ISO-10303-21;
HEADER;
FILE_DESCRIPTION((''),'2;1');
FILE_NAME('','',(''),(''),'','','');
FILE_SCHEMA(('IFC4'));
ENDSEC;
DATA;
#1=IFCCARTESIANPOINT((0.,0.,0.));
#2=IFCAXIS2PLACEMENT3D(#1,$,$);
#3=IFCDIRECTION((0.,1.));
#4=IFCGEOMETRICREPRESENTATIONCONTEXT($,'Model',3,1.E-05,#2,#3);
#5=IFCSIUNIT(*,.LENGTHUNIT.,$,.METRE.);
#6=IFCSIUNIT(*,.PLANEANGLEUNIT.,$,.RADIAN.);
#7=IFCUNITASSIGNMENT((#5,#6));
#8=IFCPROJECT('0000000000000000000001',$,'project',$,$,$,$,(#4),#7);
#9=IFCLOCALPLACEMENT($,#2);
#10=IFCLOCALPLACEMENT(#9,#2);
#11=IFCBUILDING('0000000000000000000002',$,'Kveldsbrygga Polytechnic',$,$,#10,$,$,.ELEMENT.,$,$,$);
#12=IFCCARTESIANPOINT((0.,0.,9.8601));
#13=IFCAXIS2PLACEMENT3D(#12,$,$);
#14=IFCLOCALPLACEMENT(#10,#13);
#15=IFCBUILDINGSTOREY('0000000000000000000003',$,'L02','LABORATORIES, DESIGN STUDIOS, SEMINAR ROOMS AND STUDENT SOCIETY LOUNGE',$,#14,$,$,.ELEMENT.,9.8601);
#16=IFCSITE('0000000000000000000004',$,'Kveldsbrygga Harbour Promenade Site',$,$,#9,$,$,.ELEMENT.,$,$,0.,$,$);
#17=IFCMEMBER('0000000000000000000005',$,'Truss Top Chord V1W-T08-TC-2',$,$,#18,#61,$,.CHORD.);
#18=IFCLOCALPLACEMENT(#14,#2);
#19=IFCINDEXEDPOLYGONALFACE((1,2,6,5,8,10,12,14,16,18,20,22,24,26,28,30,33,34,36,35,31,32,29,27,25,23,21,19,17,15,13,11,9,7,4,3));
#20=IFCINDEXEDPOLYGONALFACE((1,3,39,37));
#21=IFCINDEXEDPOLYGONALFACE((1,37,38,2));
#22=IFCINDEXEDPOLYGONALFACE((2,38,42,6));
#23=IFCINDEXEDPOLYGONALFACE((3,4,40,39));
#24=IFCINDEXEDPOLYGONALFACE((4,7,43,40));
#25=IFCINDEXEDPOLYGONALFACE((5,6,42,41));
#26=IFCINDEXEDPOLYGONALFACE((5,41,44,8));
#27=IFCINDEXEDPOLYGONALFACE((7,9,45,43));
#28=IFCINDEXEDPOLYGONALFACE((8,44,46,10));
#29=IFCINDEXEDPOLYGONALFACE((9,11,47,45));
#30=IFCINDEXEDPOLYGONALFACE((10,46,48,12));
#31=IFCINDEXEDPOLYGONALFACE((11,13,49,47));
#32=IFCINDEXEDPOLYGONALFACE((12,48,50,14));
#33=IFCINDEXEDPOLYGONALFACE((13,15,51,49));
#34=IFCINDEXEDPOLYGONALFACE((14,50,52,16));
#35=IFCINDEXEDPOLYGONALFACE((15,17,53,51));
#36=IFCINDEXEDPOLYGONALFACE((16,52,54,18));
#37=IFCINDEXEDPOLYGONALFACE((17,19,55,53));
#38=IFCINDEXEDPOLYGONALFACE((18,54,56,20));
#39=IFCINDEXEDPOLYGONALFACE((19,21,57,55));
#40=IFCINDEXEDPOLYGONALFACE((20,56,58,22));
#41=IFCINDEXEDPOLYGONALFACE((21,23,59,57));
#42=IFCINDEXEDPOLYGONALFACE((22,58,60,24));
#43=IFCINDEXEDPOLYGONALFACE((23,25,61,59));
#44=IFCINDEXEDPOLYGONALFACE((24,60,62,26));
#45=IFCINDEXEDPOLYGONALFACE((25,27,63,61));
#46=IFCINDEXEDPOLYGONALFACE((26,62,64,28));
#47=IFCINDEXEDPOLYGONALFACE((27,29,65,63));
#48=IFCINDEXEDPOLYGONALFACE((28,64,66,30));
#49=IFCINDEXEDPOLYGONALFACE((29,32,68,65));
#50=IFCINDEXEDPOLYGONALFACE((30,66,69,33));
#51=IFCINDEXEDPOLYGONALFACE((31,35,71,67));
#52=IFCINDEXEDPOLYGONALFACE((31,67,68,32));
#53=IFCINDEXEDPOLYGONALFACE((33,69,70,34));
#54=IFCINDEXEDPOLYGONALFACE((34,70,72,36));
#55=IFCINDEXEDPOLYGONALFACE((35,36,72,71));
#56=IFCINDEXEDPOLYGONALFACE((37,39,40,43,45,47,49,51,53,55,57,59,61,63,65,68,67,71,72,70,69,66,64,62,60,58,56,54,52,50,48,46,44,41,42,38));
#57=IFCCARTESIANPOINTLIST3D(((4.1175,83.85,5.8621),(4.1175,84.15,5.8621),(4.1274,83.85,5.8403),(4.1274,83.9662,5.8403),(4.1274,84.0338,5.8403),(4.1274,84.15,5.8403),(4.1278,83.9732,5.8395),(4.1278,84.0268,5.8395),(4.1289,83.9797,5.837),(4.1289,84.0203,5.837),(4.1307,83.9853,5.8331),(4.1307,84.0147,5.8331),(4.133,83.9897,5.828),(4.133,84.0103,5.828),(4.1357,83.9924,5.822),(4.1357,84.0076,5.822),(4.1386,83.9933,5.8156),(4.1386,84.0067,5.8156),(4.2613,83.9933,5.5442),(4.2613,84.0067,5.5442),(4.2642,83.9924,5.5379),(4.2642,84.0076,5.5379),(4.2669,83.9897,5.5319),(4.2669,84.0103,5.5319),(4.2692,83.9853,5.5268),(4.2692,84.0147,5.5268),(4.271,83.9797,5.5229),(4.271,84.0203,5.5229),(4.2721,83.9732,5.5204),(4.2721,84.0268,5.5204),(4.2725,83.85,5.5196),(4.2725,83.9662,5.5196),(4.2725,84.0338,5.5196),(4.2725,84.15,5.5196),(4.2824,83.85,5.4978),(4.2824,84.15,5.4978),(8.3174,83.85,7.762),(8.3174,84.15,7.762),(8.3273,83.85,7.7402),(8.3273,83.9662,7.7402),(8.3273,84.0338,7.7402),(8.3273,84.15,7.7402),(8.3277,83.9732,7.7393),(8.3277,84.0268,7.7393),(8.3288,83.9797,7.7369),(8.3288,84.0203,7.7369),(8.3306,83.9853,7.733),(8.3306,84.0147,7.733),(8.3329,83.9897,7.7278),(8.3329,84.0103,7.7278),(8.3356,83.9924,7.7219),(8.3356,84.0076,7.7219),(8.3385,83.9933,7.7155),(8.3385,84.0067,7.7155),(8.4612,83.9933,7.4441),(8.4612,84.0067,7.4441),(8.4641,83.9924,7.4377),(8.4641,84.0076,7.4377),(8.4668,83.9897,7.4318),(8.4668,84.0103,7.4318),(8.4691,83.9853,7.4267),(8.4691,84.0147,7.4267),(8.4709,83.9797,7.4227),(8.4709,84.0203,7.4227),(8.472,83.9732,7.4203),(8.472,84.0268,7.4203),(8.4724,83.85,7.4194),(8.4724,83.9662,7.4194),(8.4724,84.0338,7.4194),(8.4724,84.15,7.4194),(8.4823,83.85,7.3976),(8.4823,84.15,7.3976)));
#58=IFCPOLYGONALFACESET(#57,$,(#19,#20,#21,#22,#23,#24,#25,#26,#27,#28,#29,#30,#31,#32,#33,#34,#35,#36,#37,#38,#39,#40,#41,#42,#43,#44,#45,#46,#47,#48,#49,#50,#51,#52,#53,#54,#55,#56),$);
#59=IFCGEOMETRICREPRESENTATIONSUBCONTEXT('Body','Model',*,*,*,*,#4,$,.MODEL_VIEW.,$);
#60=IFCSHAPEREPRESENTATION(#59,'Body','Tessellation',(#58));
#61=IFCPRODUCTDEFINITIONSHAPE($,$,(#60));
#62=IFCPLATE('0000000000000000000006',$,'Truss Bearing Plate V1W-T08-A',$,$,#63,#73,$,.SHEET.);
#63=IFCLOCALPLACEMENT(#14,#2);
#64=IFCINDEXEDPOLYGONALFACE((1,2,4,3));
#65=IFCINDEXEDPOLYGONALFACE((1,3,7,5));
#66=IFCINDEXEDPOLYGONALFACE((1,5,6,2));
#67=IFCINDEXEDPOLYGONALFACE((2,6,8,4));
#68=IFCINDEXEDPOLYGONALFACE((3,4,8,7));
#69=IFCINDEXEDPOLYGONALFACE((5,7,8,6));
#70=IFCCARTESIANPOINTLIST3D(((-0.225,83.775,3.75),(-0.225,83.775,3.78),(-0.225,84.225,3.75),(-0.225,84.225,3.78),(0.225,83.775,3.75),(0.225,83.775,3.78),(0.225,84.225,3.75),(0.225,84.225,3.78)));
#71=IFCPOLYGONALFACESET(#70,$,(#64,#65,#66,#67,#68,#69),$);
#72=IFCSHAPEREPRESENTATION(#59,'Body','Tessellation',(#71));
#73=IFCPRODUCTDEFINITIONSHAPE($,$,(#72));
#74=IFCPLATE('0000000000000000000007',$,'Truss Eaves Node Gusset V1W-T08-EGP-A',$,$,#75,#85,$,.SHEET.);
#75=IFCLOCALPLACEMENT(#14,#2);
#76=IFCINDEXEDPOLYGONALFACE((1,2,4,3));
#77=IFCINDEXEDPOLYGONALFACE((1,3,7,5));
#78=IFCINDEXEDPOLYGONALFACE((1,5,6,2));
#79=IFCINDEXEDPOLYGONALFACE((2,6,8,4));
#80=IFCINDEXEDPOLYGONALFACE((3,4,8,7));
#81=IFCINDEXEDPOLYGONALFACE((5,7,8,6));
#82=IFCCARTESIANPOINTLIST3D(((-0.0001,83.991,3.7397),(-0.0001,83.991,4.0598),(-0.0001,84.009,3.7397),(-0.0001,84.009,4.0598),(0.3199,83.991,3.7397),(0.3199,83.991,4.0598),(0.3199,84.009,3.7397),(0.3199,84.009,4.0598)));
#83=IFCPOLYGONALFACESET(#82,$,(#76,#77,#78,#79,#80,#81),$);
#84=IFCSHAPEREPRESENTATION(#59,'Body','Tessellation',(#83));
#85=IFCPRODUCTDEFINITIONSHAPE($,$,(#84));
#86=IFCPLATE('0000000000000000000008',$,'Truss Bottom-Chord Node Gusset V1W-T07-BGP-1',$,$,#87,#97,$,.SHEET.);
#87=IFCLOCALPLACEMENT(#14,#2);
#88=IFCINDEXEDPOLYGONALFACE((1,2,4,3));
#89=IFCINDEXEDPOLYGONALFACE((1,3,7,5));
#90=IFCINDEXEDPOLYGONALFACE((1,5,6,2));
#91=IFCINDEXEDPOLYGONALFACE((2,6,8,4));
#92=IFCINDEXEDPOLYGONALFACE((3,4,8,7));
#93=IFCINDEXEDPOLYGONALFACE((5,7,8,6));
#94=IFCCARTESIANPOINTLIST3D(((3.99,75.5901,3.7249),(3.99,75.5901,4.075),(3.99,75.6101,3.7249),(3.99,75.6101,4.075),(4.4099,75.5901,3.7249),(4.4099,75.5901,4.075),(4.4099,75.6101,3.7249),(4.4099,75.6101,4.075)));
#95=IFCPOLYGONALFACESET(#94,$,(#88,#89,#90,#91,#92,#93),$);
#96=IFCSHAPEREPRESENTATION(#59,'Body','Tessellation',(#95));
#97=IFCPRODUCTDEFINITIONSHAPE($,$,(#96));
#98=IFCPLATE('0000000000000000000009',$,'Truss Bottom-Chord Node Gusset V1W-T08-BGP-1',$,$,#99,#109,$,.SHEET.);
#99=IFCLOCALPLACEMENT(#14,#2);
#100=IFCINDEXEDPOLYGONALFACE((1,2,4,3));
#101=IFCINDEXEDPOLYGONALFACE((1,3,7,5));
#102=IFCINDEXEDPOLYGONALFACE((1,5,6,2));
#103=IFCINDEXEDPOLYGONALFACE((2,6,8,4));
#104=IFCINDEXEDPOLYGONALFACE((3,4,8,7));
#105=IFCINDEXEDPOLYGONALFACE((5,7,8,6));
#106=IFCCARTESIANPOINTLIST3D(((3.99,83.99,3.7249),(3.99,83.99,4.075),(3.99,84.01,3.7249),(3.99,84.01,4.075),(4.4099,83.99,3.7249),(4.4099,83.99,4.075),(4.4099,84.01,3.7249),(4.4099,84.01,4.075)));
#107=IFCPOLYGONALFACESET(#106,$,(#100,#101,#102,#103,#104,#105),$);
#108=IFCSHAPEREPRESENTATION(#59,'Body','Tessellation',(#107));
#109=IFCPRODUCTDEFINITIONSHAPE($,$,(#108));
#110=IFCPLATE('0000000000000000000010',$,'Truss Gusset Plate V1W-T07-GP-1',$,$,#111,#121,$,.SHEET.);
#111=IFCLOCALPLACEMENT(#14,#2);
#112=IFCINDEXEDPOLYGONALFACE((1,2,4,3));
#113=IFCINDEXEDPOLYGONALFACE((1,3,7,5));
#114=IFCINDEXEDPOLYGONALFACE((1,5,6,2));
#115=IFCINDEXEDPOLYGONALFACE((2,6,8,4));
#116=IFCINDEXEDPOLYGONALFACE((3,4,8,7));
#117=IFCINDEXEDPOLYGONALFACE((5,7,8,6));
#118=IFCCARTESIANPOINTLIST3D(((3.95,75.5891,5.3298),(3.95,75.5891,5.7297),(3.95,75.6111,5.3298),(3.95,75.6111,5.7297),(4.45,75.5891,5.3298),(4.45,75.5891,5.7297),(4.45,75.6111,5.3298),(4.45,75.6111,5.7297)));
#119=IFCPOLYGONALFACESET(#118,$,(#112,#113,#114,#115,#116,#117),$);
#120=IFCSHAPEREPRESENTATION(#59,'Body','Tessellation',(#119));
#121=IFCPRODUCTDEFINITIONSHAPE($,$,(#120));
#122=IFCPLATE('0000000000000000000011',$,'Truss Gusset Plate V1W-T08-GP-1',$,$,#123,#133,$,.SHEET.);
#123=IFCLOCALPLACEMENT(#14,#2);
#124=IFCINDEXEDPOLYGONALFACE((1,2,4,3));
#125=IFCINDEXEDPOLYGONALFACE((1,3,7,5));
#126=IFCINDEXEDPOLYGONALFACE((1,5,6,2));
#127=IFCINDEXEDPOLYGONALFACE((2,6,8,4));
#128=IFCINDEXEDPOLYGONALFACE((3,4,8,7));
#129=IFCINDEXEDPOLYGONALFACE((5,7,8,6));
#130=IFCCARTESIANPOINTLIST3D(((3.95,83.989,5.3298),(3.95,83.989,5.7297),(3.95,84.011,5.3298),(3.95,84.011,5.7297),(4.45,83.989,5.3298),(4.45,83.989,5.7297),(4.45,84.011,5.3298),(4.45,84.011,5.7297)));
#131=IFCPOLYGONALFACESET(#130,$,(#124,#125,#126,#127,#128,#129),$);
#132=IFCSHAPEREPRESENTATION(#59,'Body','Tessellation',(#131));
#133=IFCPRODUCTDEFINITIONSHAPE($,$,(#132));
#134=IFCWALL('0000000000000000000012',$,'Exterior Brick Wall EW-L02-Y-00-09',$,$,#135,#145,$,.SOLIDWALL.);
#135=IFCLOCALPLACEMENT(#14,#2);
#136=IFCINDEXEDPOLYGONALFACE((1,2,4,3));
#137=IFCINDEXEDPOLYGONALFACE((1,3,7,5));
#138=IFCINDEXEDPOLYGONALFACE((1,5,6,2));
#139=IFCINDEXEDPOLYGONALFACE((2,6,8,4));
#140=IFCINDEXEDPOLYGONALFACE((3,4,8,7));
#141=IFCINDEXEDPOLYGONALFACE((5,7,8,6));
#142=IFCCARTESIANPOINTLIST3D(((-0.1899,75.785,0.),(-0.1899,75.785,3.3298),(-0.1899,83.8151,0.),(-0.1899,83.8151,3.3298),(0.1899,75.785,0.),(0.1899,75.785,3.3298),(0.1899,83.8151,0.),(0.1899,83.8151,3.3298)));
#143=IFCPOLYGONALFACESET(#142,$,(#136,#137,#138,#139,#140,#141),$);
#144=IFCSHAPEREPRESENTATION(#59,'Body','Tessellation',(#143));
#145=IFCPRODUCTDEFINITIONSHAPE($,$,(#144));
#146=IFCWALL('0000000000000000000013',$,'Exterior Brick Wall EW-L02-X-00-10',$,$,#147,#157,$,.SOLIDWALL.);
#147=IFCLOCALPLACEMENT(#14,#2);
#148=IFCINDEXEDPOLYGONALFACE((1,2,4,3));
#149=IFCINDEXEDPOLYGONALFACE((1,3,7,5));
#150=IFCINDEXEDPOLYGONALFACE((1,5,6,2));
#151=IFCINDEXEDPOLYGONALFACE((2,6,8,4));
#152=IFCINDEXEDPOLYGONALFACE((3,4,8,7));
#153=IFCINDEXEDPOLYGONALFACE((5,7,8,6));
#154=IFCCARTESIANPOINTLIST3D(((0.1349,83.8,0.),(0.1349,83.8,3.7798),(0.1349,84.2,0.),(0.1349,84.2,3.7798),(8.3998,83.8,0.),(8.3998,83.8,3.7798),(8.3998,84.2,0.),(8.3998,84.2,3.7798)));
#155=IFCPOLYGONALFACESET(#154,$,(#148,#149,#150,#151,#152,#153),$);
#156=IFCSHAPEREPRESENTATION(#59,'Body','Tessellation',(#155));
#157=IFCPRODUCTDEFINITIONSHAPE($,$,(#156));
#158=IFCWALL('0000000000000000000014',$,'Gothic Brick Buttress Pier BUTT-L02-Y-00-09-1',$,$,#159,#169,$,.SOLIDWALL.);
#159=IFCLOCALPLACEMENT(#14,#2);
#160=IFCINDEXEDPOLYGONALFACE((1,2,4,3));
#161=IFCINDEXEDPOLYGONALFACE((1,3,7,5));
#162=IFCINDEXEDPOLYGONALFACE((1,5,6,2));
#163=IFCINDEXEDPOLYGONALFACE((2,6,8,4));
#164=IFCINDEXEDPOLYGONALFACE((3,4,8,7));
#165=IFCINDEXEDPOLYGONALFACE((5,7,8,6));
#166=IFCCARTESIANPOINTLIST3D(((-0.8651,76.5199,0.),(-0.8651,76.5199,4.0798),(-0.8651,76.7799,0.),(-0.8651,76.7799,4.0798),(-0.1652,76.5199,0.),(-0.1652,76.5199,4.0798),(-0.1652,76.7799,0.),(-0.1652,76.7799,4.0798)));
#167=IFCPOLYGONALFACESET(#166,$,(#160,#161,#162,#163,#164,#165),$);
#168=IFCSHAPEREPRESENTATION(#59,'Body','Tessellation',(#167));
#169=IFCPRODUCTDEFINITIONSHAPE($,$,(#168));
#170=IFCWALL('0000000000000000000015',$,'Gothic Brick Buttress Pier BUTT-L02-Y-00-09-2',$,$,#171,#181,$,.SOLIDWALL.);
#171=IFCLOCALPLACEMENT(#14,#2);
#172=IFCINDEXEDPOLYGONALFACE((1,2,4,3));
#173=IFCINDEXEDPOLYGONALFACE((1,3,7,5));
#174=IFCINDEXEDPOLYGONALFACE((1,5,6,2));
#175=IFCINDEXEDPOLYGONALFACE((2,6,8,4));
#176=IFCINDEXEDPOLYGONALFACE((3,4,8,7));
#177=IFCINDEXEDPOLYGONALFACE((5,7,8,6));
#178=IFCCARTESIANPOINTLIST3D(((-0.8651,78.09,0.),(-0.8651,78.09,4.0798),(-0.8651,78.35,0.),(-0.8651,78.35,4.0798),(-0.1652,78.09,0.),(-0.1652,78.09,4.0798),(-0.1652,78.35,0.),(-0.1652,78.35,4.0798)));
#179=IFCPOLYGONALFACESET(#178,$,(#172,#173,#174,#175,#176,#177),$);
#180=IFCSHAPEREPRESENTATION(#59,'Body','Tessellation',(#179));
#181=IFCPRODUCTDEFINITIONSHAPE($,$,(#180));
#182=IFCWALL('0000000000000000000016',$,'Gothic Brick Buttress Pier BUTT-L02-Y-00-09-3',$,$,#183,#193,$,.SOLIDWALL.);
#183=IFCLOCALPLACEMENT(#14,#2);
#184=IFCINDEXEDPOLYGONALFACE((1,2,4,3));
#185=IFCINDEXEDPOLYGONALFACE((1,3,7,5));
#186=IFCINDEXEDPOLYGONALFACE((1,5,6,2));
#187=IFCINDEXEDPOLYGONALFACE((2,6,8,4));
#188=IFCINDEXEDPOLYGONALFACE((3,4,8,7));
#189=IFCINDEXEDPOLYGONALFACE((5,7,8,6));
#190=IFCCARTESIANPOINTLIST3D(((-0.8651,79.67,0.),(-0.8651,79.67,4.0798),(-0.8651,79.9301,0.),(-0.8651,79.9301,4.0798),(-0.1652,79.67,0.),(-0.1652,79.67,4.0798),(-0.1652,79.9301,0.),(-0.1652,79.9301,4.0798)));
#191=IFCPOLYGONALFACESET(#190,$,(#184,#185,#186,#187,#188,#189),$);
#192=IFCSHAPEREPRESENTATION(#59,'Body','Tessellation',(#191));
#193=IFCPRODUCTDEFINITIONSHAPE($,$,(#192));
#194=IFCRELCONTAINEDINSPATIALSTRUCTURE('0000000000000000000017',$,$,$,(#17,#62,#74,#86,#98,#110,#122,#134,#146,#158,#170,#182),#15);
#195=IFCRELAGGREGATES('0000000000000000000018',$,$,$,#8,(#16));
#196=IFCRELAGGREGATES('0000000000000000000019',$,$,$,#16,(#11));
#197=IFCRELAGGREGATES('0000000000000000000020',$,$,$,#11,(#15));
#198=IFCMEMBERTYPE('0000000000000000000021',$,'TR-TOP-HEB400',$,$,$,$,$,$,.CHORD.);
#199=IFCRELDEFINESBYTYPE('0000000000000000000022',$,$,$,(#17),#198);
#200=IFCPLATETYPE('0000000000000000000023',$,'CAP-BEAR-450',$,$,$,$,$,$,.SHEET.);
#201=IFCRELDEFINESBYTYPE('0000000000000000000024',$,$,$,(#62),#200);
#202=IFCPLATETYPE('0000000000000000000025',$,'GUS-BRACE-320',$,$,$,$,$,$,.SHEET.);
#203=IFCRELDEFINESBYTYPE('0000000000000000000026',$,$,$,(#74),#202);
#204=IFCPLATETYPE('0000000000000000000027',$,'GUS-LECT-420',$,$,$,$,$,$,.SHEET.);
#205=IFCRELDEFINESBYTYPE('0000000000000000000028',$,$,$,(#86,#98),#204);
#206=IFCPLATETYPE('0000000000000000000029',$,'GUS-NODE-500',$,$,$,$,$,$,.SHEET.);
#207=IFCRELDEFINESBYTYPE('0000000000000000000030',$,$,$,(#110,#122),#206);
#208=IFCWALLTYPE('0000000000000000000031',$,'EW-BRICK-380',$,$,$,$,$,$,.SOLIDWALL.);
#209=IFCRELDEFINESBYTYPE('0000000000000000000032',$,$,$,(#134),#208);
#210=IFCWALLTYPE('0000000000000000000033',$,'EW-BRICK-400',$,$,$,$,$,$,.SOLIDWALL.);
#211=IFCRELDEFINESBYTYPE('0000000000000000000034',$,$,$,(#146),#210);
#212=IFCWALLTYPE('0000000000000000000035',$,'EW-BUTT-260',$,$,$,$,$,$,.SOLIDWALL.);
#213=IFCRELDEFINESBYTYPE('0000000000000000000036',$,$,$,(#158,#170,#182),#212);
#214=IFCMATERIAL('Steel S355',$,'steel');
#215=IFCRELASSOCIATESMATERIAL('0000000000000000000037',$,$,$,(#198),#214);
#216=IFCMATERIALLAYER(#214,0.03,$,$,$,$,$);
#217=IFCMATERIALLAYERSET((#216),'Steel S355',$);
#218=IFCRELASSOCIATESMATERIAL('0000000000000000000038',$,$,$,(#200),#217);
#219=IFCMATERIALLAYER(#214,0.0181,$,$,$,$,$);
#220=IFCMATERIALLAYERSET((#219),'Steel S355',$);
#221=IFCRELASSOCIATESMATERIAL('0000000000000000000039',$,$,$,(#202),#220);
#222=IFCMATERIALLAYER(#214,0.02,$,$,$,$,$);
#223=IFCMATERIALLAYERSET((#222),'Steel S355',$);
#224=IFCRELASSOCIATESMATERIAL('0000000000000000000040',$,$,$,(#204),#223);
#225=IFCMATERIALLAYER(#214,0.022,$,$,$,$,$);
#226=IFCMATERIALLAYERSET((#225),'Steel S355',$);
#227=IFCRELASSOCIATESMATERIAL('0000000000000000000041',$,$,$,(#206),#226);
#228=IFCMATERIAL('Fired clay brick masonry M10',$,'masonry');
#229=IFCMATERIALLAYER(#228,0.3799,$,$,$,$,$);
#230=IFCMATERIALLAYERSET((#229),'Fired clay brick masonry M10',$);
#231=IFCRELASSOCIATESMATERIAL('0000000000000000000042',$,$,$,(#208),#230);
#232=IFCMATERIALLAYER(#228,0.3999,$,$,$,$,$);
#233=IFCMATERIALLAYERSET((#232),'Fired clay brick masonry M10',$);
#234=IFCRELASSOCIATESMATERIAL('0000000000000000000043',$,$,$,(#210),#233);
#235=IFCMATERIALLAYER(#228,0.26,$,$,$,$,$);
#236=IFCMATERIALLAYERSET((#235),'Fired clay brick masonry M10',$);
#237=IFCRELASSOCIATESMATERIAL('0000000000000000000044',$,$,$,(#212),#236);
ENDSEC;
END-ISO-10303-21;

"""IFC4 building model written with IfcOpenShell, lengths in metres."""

from ifc_helpers import new_model, si_unit, direction, frame, frame_2d, origin, origin_2d, place, context, subcontext, project, spatial, rectangle, i_section, extrude, material, layer, layer_set, material_profile, profile_set, type_object, element, save


model = new_model("IFC4")

# Units and contexts
model_context = context("Model", 3, precision=1e-05, world=origin(), true_north=direction((0.0, 1.0)))
body_context = subcontext(model_context, "Body", "Model", "MODEL_VIEW")
ifc_project = project(units=[si_unit("LENGTHUNIT", "METRE"), si_unit("PLANEANGLEUNIT", "RADIAN")], contexts=[model_context])

# Site, building, storey
site_placement = place(None, origin())
site = spatial("IfcSite", under=ifc_project, at=site_placement, Name="Kveldsbrygga Harbour Promenade Site", CompositionType="ELEMENT", RefElevation=0.0)
building_placement = place(site_placement, origin())
building = spatial("IfcBuilding", under=site, at=building_placement, Name="Kveldsbrygga Polytechnic", CompositionType="ELEMENT")
storey_placement = place(building_placement, frame((0.0, 0.0, 9.8601)))
storey = spatial("IfcBuildingStorey", under=building, at=storey_placement, Name="L02", Description="LABORATORIES, DESIGN STUDIOS, SEMINAR ROOMS AND STUDENT SOCIETY LOUNGE", CompositionType="ELEMENT", Elevation=9.8601)

# Shared definitions
ifc_material_1 = material(Name="Steel S355", Category="steel")

# Member
ifc_material_profile_1 = material_profile(ifc_material_1, i_section(OverallWidth=0.3, OverallDepth=0.3999, WebThickness=0.0134, FlangeThickness=0.0239, FilletRadius=0.0271, at=origin_2d()), Name="HEB 400")
ifc_profile_set_1 = profile_set([ifc_material_profile_1], Name="Steel S355")
member_type_1 = type_object("IfcMemberType", Name="TR-TOP-HEB400", PredefinedType="CHORD", material=ifc_profile_set_1)
member_1_placement = place(storey_placement, frame((4.2, 84.0, 5.6799), z_axis=(0.911114, 0.0, 0.412154), x_axis=(0.0, 1.0, 0.0)))
element("IfcMember", 1, at=member_1_placement, inside=storey, type_object=member_type_1, Name="Truss Top Chord V1W-T08-TC-2", PredefinedType="CHORD", context=body_context, shape_type="SweptSolid", body=[
    extrude(i_section(OverallWidth=0.3, OverallDepth=0.3999, WebThickness=0.0134, FlangeThickness=0.0239, FilletRadius=0.0271, at=origin_2d()), origin(), (0.0, 0.0, 1.0), 4.6096),
])

# Plates
ifc_layer_1 = layer(ifc_material_1, 0.03)
ifc_layer_set_1 = layer_set([ifc_layer_1], Name="Steel S355")
plate_type_1 = type_object("IfcPlateType", Name="CAP-BEAR-450", PredefinedType="SHEET", material=ifc_layer_set_1)
plate_1_placement = place(storey_placement, frame((0.0, 84.0, 3.75), z_axis=(0.0, 0.0, 1.0), x_axis=(1.0, 0.0, 0.0)))
element("IfcPlate", 2, at=plate_1_placement, inside=storey, type_object=plate_type_1, Name="Truss Bearing Plate V1W-T08-A", PredefinedType="SHEET", context=body_context, shape_type="SweptSolid", body=[
    extrude(rectangle(XDim=0.45, YDim=0.45, at=origin_2d()), origin(), (0.0, 0.0, 1.0), 0.03),
])
ifc_layer_2 = layer(ifc_material_1, 0.0181)
ifc_layer_set_2 = layer_set([ifc_layer_2], Name="Steel S355")
plate_type_2 = type_object("IfcPlateType", Name="GUS-BRACE-320", PredefinedType="SHEET", material=ifc_layer_set_2)
plate_2_placement = place(storey_placement, frame((0.1599, 84.0, 3.7397), z_axis=(0.0, 0.0, 1.0), x_axis=(1.0, 0.0, 0.0)))
element("IfcPlate", 3, at=plate_2_placement, inside=storey, type_object=plate_type_2, Name="Truss Eaves Node Gusset V1W-T08-EGP-A", PredefinedType="SHEET", context=body_context, shape_type="SweptSolid", body=[
    extrude(rectangle(XDim=0.3201, YDim=0.0181, at=origin_2d()), origin(), (0.0, 0.0, 1.0), 0.3201),
])
ifc_layer_3 = layer(ifc_material_1, 0.02)
ifc_layer_set_3 = layer_set([ifc_layer_3], Name="Steel S355")
plate_type_3 = type_object("IfcPlateType", Name="GUS-LECT-420", PredefinedType="SHEET", material=ifc_layer_set_3)
for number, where, z_axis, x_axis, name in (
    (4, (4.2, 75.6001, 3.7249), (0.0, 0.0, 1.0), (1.0, 0.0, 0.0), "Truss Bottom-Chord Node Gusset V1W-T07-BGP-1"),
    (5, (4.2, 84.0, 3.7249), (0.0, 0.0, 1.0), (1.0, 0.0, 0.0), "Truss Bottom-Chord Node Gusset V1W-T08-BGP-1"),
):
    element("IfcPlate", number, at=place(storey_placement, frame(where, z_axis=z_axis, x_axis=x_axis)), inside=storey, type_object=plate_type_3, Name=name, PredefinedType="SHEET", context=body_context, shape_type="SweptSolid", body=[
        extrude(rectangle(XDim=0.4199, YDim=0.02, at=origin_2d()), origin(), (0.0, 0.0, 1.0), 0.3501),
    ])
ifc_layer_4 = layer(ifc_material_1, 0.022)
ifc_layer_set_4 = layer_set([ifc_layer_4], Name="Steel S355")
plate_type_4 = type_object("IfcPlateType", Name="GUS-NODE-500", PredefinedType="SHEET", material=ifc_layer_set_4)
for number, where, z_axis, x_axis, name in (
    (6, (4.2, 75.6001, 5.3298), (0.0, 0.0, 1.0), (1.0, 0.0, 0.0), "Truss Gusset Plate V1W-T07-GP-1"),
    (7, (4.2, 84.0, 5.3298), (0.0, 0.0, 1.0), (1.0, 0.0, 0.0), "Truss Gusset Plate V1W-T08-GP-1"),
):
    element("IfcPlate", number, at=place(storey_placement, frame(where, z_axis=z_axis, x_axis=x_axis)), inside=storey, type_object=plate_type_4, Name=name, PredefinedType="SHEET", context=body_context, shape_type="SweptSolid", body=[
        extrude(rectangle(XDim=0.5, YDim=0.022, at=origin_2d()), origin(), (0.0, 0.0, 1.0), 0.3999),
    ])

# Walls
ifc_material_2 = material(Name="Fired clay brick masonry M10", Category="masonry")
ifc_layer_5 = layer(ifc_material_2, 0.3799)
ifc_layer_set_5 = layer_set([ifc_layer_5], Name="Fired clay brick masonry M10")
wall_type_1 = type_object("IfcWallType", Name="EW-BRICK-380", PredefinedType="SOLIDWALL", material=ifc_layer_set_5)
wall_1_placement = place(storey_placement, frame((0.0, 75.7849, 0.0), z_axis=(0.0, 0.0, 1.0), x_axis=(0.0, 1.0, 0.0)))
element("IfcWall", 8, at=wall_1_placement, inside=storey, type_object=wall_type_1, Name="Exterior Brick Wall EW-L02-Y-00-09", PredefinedType="SOLIDWALL", context=body_context, shape_type="SweptSolid", body=[
    extrude(rectangle(XDim=8.03, YDim=0.3799, at=frame_2d((4.0151, 0.0))), origin(), (0.0, 0.0, 1.0), 3.3298),
])
ifc_layer_6 = layer(ifc_material_2, 0.3999)
ifc_layer_set_6 = layer_set([ifc_layer_6], Name="Fired clay brick masonry M10")
wall_type_2 = type_object("IfcWallType", Name="EW-BRICK-400", PredefinedType="SOLIDWALL", material=ifc_layer_set_6)
wall_2_placement = place(storey_placement, frame((0.135, 84.0, 0.0), z_axis=(0.0, 0.0, 1.0), x_axis=(1.0, 0.0, 0.0)))
element("IfcWall", 9, at=wall_2_placement, inside=storey, type_object=wall_type_2, Name="Exterior Brick Wall EW-L02-X-00-10", PredefinedType="SOLIDWALL", context=body_context, shape_type="SweptSolid", body=[
    extrude(rectangle(XDim=8.2649, YDim=0.3999, at=frame_2d((4.1323, 0.0))), origin(), (0.0, 0.0, 1.0), 3.7798),
])
ifc_layer_7 = layer(ifc_material_2, 0.26)
ifc_layer_set_7 = layer_set([ifc_layer_7], Name="Fired clay brick masonry M10")
wall_type_3 = type_object("IfcWallType", Name="EW-BUTT-260", PredefinedType="SOLIDWALL", material=ifc_layer_set_7)
for number, where, z_axis, x_axis, name in (
    (10, (-0.165, 76.6499, 0.0), (0.0, 0.0, 1.0), (-1.0, 0.0, 0.0), "Gothic Brick Buttress Pier BUTT-L02-Y-00-09-1"),
    (11, (-0.165, 78.22, 0.0), (0.0, 0.0, 1.0), (-1.0, 0.0, 0.0), "Gothic Brick Buttress Pier BUTT-L02-Y-00-09-2"),
    (12, (-0.165, 79.8, 0.0), (0.0, 0.0, 1.0), (-1.0, 0.0, 0.0), "Gothic Brick Buttress Pier BUTT-L02-Y-00-09-3"),
):
    element("IfcWall", number, at=place(storey_placement, frame(where, z_axis=z_axis, x_axis=x_axis)), inside=storey, type_object=wall_type_3, Name=name, PredefinedType="SOLIDWALL", context=body_context, shape_type="SweptSolid", body=[
        extrude(rectangle(XDim=0.7, YDim=0.26, at=frame_2d((0.3501, 0.0))), origin(), (0.0, 0.0, 1.0), 4.0798),
    ])

save(model, "model.ifc")
